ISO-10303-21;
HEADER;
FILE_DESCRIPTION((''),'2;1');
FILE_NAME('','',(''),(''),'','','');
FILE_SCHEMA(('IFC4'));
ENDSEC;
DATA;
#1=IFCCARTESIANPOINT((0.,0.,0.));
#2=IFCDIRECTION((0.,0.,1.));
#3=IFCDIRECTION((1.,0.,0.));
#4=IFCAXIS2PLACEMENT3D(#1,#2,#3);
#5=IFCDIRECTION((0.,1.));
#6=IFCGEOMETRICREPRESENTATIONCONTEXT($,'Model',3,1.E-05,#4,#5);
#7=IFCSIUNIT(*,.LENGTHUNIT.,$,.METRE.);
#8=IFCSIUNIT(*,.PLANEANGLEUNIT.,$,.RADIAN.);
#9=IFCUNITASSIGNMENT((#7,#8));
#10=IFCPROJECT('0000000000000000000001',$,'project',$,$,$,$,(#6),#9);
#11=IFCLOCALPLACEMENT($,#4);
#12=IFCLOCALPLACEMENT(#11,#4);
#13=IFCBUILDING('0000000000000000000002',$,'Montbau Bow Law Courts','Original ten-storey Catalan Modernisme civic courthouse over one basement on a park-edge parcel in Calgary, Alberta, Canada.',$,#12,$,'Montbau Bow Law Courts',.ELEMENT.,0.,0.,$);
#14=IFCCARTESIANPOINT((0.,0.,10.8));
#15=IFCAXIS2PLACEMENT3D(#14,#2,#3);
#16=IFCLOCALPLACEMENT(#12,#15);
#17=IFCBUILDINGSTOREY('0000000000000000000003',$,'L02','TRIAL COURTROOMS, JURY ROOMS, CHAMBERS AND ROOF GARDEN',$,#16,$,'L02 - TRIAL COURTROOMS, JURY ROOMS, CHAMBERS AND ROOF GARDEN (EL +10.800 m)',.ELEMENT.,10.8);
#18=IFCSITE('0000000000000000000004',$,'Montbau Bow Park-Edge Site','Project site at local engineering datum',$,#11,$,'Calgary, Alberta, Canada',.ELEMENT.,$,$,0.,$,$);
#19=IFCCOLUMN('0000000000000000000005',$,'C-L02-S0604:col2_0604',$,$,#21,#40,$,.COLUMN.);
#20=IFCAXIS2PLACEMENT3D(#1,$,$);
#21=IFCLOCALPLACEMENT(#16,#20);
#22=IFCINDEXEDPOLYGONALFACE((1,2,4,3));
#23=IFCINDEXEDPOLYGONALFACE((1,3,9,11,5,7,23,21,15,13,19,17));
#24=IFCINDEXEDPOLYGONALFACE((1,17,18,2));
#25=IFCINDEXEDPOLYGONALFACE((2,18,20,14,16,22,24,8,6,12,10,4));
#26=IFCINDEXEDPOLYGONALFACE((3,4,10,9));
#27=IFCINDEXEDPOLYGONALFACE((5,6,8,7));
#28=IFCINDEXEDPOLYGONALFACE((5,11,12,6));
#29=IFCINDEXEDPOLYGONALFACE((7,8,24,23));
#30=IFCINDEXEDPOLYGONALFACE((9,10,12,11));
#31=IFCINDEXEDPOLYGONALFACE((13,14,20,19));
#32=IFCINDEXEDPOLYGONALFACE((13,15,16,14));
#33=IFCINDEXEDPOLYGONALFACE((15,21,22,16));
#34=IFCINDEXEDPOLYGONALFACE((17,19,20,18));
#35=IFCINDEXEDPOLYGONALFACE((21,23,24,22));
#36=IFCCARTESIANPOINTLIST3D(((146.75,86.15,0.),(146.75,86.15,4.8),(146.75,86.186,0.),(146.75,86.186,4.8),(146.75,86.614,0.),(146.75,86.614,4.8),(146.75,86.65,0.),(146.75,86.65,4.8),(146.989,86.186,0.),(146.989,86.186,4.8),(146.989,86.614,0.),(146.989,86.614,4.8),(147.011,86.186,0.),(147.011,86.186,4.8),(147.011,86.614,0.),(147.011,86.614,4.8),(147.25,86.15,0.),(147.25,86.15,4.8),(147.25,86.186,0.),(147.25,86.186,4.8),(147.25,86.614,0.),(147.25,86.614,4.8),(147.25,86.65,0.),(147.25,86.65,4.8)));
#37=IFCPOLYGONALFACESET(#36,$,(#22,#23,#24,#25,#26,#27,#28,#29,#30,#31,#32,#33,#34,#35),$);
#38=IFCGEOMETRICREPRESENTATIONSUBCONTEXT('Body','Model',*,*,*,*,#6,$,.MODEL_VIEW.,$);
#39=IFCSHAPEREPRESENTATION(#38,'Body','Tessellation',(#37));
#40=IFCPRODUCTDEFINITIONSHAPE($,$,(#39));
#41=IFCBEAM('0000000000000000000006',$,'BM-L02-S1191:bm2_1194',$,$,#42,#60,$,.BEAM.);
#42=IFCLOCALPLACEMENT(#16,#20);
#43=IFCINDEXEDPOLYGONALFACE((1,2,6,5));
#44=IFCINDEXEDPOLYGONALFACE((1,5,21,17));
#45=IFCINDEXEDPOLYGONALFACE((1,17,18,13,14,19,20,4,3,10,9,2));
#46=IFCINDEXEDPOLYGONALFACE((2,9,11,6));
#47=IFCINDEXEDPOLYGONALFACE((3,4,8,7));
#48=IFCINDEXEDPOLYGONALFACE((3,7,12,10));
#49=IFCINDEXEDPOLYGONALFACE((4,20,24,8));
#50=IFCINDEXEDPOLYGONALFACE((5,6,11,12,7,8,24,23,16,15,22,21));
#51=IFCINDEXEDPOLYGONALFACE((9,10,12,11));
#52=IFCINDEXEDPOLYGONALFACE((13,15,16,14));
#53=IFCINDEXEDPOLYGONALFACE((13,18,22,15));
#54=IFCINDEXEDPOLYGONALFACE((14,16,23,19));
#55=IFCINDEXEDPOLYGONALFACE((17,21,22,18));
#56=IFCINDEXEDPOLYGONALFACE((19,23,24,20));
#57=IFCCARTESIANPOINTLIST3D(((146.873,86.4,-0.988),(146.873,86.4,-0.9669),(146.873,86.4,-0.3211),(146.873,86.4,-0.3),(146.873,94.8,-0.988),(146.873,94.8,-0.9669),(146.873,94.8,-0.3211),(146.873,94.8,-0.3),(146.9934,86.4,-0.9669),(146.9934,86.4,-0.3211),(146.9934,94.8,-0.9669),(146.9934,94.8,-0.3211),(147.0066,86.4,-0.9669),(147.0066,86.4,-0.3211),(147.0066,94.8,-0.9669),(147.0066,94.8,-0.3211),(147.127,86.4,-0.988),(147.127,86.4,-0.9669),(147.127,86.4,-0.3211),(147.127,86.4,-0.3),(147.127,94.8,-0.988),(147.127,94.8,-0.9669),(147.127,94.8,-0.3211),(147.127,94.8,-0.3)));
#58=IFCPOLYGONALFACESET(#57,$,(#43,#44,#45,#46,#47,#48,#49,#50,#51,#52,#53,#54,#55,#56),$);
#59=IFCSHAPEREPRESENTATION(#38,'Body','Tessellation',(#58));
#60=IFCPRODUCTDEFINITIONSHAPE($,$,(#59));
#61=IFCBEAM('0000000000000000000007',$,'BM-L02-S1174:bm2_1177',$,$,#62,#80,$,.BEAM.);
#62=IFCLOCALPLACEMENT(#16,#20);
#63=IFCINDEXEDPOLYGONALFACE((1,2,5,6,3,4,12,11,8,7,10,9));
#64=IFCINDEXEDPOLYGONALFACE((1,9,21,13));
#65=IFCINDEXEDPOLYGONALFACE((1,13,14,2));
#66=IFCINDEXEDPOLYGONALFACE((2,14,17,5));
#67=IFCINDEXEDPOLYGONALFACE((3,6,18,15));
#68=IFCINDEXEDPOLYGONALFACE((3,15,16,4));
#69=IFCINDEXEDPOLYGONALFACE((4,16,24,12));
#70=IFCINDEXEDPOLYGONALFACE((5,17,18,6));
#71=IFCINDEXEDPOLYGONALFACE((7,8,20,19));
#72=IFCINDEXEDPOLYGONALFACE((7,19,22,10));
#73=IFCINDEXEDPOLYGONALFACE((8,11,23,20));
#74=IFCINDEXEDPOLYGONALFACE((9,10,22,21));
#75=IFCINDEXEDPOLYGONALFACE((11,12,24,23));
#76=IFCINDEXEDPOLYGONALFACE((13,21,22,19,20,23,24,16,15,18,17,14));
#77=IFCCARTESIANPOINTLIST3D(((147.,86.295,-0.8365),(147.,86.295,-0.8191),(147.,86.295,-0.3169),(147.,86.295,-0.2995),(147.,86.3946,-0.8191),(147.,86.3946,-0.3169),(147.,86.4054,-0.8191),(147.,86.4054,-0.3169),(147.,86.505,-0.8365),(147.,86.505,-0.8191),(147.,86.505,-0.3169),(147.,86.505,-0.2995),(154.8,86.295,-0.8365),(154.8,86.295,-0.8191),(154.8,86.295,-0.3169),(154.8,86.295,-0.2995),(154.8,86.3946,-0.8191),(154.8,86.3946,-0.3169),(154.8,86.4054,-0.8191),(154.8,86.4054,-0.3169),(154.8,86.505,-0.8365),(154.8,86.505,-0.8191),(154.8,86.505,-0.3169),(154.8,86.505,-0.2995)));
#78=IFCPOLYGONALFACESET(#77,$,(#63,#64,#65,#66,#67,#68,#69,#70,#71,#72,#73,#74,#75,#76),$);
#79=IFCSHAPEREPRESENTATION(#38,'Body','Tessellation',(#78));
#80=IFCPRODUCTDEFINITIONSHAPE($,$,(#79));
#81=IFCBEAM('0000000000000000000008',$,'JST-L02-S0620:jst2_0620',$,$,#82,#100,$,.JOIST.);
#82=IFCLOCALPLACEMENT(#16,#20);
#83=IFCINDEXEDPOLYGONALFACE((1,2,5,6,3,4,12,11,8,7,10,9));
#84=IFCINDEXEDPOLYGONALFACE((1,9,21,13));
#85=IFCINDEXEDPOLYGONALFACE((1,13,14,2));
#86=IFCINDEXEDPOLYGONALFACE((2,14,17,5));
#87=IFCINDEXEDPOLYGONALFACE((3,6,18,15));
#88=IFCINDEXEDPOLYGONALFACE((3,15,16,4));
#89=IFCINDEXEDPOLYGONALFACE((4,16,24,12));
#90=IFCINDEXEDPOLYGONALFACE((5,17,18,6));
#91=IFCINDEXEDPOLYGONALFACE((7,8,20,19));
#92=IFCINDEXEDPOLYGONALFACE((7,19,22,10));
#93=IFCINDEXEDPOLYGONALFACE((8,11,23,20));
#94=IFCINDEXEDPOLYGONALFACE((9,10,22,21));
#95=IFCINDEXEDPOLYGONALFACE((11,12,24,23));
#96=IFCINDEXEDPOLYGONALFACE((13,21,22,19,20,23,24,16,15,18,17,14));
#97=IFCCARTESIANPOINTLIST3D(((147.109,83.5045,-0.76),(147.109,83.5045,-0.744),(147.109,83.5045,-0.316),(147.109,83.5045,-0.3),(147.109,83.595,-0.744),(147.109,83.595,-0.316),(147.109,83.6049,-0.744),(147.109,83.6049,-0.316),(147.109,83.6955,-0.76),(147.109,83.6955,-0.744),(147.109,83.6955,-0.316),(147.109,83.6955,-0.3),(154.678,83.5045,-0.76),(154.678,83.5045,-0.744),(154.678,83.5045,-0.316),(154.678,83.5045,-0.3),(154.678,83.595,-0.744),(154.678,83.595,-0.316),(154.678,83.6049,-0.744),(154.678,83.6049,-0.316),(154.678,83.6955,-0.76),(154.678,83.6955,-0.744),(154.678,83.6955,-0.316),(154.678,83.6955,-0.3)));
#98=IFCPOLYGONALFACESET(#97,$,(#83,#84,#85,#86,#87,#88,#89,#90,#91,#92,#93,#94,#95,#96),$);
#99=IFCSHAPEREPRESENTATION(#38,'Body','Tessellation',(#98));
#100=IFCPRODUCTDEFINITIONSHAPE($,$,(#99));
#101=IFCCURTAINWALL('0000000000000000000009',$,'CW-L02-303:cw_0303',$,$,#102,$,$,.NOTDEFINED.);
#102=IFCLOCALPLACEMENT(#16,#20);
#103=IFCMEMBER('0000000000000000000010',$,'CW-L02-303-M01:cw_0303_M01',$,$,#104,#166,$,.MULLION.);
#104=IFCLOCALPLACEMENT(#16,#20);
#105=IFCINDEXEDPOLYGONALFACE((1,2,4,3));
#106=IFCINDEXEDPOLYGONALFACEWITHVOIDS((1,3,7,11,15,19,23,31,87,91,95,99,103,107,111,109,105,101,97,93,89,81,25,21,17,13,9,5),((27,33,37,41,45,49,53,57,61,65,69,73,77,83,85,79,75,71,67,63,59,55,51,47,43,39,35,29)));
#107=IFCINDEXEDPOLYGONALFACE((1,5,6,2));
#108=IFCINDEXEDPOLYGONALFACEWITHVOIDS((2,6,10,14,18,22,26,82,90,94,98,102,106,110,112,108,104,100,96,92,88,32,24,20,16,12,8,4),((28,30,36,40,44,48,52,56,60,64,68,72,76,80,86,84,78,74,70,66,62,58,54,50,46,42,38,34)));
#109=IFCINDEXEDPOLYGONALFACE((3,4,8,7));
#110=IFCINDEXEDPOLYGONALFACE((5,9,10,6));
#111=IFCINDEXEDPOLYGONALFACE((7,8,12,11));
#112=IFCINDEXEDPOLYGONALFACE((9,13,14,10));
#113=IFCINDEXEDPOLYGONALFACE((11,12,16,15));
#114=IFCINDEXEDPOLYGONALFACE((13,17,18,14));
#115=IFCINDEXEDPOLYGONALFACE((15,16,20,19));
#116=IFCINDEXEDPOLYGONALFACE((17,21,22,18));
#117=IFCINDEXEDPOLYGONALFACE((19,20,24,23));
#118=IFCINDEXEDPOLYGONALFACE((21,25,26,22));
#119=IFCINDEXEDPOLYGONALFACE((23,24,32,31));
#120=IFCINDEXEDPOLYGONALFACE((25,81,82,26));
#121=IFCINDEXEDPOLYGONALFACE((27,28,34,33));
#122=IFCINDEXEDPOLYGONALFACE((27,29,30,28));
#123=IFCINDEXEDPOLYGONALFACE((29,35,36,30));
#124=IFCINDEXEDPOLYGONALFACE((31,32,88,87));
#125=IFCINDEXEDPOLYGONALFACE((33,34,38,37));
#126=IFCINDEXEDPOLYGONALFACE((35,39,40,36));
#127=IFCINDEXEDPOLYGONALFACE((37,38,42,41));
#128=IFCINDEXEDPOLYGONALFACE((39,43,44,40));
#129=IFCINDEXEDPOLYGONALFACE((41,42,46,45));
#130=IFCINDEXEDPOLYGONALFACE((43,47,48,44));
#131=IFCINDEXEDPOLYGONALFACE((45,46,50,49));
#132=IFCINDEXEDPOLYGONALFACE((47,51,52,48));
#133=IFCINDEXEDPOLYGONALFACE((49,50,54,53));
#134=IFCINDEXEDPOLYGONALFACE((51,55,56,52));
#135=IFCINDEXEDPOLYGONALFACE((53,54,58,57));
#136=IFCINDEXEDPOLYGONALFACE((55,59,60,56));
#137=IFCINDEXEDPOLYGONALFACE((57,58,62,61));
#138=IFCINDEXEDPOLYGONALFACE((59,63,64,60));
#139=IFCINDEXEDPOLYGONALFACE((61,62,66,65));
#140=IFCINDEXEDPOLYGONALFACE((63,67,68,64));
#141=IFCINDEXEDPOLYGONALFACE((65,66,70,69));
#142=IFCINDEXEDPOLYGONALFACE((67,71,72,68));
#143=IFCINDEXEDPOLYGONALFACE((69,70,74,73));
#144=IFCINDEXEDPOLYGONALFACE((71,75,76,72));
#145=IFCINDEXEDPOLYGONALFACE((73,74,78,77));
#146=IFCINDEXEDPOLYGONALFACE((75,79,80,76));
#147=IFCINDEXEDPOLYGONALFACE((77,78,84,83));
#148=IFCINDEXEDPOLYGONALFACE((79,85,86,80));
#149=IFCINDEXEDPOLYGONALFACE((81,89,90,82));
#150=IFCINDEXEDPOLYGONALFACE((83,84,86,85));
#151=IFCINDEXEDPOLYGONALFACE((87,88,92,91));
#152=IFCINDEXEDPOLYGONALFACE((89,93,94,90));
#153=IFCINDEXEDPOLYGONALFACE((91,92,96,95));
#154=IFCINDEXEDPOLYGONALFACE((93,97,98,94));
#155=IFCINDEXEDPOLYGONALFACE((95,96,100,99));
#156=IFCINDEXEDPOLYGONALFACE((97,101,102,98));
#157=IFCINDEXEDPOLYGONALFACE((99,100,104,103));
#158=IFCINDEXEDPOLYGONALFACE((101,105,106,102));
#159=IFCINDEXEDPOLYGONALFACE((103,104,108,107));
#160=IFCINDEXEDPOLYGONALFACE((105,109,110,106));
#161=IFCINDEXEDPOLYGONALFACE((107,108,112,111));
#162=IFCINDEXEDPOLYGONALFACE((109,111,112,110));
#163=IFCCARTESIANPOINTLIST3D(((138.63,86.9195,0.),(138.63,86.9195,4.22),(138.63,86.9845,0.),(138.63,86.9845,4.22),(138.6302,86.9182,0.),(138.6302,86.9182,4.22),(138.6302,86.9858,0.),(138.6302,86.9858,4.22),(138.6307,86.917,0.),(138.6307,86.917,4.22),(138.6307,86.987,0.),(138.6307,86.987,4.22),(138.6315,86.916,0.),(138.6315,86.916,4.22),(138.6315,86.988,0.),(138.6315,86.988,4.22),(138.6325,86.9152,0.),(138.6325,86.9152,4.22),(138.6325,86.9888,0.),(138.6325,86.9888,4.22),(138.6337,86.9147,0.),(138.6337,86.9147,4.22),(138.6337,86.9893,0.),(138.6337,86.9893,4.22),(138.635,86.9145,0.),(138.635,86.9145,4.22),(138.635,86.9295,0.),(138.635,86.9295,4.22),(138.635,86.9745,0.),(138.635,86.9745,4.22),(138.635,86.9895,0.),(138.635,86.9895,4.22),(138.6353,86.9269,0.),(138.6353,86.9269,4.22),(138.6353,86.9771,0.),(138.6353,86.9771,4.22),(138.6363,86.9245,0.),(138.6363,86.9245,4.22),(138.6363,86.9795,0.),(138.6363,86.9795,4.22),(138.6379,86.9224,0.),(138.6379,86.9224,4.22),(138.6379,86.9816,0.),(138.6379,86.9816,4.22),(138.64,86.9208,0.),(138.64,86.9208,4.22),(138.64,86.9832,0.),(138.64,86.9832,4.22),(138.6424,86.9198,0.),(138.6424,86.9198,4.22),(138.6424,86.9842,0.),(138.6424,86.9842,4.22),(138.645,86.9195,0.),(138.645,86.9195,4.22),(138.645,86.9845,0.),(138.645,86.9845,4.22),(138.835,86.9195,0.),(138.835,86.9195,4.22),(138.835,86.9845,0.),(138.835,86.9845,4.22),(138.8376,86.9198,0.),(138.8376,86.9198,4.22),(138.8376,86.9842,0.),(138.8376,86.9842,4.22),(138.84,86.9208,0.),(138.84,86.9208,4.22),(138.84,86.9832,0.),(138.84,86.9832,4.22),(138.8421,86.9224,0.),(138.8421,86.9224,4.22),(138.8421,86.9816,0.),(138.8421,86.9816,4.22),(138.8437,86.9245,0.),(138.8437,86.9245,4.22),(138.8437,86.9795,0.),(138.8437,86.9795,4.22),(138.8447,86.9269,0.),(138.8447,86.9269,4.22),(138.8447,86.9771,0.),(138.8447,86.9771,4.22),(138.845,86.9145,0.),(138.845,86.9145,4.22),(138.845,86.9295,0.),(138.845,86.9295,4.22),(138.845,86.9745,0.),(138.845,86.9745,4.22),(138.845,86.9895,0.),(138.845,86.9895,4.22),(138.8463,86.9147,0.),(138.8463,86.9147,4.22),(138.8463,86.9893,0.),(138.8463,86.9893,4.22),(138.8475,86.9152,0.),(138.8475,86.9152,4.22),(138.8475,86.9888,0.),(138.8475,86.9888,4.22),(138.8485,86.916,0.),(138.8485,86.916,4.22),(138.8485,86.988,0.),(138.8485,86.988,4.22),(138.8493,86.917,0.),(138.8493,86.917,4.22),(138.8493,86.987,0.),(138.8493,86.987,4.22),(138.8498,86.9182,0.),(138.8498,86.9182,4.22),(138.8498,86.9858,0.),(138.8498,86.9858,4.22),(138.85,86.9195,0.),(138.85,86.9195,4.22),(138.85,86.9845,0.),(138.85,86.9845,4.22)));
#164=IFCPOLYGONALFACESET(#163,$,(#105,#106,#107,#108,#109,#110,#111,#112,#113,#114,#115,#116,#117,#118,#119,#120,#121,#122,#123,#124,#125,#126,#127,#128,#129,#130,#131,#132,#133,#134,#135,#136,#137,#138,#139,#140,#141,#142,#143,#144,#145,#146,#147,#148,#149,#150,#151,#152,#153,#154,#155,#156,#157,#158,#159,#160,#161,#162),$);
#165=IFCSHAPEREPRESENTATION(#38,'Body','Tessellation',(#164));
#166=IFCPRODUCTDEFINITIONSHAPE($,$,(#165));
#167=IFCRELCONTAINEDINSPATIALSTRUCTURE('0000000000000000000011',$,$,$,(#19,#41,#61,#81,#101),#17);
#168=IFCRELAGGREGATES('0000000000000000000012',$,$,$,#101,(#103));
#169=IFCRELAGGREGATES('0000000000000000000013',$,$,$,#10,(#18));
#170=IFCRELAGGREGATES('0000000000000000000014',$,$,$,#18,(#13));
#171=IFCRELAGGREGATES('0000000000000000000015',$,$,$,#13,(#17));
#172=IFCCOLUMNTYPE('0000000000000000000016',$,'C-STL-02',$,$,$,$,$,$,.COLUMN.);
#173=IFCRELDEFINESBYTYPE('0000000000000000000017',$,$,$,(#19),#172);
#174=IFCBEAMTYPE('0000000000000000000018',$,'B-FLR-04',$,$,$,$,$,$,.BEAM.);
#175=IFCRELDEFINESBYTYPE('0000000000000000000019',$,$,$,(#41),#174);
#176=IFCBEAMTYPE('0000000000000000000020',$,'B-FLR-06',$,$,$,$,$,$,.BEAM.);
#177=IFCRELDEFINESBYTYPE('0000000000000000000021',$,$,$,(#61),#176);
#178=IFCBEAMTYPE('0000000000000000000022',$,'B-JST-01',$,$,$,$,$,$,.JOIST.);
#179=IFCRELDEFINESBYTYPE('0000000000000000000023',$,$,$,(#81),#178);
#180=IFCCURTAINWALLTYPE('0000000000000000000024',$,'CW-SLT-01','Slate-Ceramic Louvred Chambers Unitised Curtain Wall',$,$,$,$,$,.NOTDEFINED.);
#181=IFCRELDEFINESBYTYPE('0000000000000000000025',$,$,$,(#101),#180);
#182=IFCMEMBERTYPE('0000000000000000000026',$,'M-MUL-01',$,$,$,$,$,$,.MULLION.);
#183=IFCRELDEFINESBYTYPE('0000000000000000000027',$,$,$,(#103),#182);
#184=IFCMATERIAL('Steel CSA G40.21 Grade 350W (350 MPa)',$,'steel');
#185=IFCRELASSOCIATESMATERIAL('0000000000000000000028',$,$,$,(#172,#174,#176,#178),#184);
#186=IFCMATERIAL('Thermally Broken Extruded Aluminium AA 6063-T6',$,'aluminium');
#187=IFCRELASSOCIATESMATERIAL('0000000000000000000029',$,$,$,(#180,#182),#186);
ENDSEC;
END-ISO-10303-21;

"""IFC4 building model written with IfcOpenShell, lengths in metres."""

from ifc_helpers import new_model, si_unit, direction, frame, origin_with_axes, origin_2d_with_axis, place, context, subcontext, project, spatial, hollow_rectangle, i_section, extrude, material, material_profile, profile_set, type_object, element, aggregate, save


model = new_model("IFC4")

# Units and contexts
model_context = context("Model", 3, precision=1e-05, world=origin_with_axes(), true_north=direction((0.0, 1.0)))
body_context = subcontext(model_context, "Body", "Model", "MODEL_VIEW")
ifc_project = project(units=[si_unit("LENGTHUNIT", "METRE"), si_unit("PLANEANGLEUNIT", "RADIAN")], contexts=[model_context])

# Site, building, storey
site_placement = place(None, origin_with_axes())
site = spatial("IfcSite", under=ifc_project, at=site_placement, Name="Montbau Bow Park-Edge Site", Description="Project site at local engineering datum", LongName="Calgary, Alberta, Canada", CompositionType="ELEMENT", RefElevation=0.0)
building_placement = place(site_placement, origin_with_axes())
building = spatial("IfcBuilding", under=site, at=building_placement, Name="Montbau Bow Law Courts", Description="Original ten-storey Catalan Modernisme civic courthouse over one basement on a park-edge parcel in Calgary, Alberta, Canada.", LongName="Montbau Bow Law Courts", CompositionType="ELEMENT", ElevationOfRefHeight=0.0, ElevationOfTerrain=0.0)
storey_placement = place(building_placement, frame((0.0, 0.0, 10.8), z_axis=(0.0, 0.0, 1.0), x_axis=(1.0, 0.0, 0.0)))
storey = spatial("IfcBuildingStorey", under=building, at=storey_placement, Name="L02", Description="TRIAL COURTROOMS, JURY ROOMS, CHAMBERS AND ROOF GARDEN", LongName="L02 - TRIAL COURTROOMS, JURY ROOMS, CHAMBERS AND ROOF GARDEN (EL +10.800 m)", CompositionType="ELEMENT", Elevation=10.8)

# Column
ifc_material_1 = material(Name="Steel CSA G40.21 Grade 350W (350 MPa)", Category="steel")
ifc_material_profile_1 = material_profile(ifc_material_1, i_section(OverallWidth=0.5, OverallDepth=0.5, WebThickness=0.022, FlangeThickness=0.036, at=origin_2d_with_axis()), Name="WWF500X343", Category="Main", Priority=0)
ifc_profile_set_1 = profile_set([ifc_material_profile_1], Name="Steel CSA G40.21 Grade 350W (350 MPa)")
column_type = type_object("IfcColumnType", Name="C-STL-02", PredefinedType="COLUMN", material=ifc_profile_set_1)
column_placement = place(None, frame((147.0, 86.4, 10.8), z_axis=(0.0, 0.0, 1.0), x_axis=(1.0, 0.0, 0.0)))
element("IfcColumn", 1, at=column_placement, inside=storey, type_object=column_type, Name="C-L02-S0604:col2_0604", PredefinedType="COLUMN", context=body_context, shape_type="SweptSolid", body=[
    extrude(i_section(OverallWidth=0.5, OverallDepth=0.5, WebThickness=0.022, FlangeThickness=0.036, at=origin_2d_with_axis()), origin_with_axes(), (0.0, 0.0, 1.0), 4.8),
])

# Beams
ifc_material_profile_2 = material_profile(ifc_material_1, i_section(OverallWidth=0.254, OverallDepth=0.688, WebThickness=0.0131, FlangeThickness=0.0211, at=origin_2d_with_axis()), Name="W690X152", Category="Main", Priority=0)
ifc_profile_set_2 = profile_set([ifc_material_profile_2], Name="Steel CSA G40.21 Grade 350W (350 MPa)")
beam_type_1 = type_object("IfcBeamType", Name="B-FLR-04", PredefinedType="BEAM", material=ifc_profile_set_2)
beam_1_placement = place(None, frame((147.0, 86.4, 10.156), z_axis=(0.0, 1.0, 0.0), x_axis=(-1.0, 0.0, 0.0)))
element("IfcBeam", 2, at=beam_1_placement, inside=storey, type_object=beam_type_1, Name="BM-L02-S1191:bm2_1194", PredefinedType="BEAM", context=body_context, shape_type="SweptSolid", body=[
    extrude(i_section(OverallWidth=0.254, OverallDepth=0.688, WebThickness=0.0131, FlangeThickness=0.0211, at=origin_2d_with_axis()), origin_with_axes(), (0.0, 0.0, 1.0), 8.4),
])
ifc_material_profile_3 = material_profile(ifc_material_1, i_section(OverallWidth=0.21, OverallDepth=0.537, WebThickness=0.0109, FlangeThickness=0.0174, at=origin_2d_with_axis()), Name="W530X101", Category="Main", Priority=0)
ifc_profile_set_3 = profile_set([ifc_material_profile_3], Name="Steel CSA G40.21 Grade 350W (350 MPa)")
beam_type_2 = type_object("IfcBeamType", Name="B-FLR-06", PredefinedType="BEAM", material=ifc_profile_set_3)
beam_2_placement = place(None, frame((147.0, 86.4, 10.232), z_axis=(1.0, 0.0, 0.0), x_axis=(0.0, 1.0, 0.0)))
element("IfcBeam", 3, at=beam_2_placement, inside=storey, type_object=beam_type_2, Name="BM-L02-S1174:bm2_1177", PredefinedType="BEAM", context=body_context, shape_type="SweptSolid", body=[
    extrude(i_section(OverallWidth=0.21, OverallDepth=0.537, WebThickness=0.0109, FlangeThickness=0.0174, at=origin_2d_with_axis()), origin_with_axes(), (0.0, 0.0, 1.0), 7.8),
])
ifc_material_profile_4 = material_profile(ifc_material_1, i_section(OverallWidth=0.191, OverallDepth=0.46, WebThickness=0.0099, FlangeThickness=0.016, at=origin_2d_with_axis()), Name="W460X82", Category="Main", Priority=0)
ifc_profile_set_4 = profile_set([ifc_material_profile_4], Name="Steel CSA G40.21 Grade 350W (350 MPa)")
beam_type_3 = type_object("IfcBeamType", Name="B-JST-01", PredefinedType="JOIST", material=ifc_profile_set_4)
beam_3_placement = place(None, frame((147.109, 83.6, 10.27), z_axis=(1.0, 0.0, 0.0), x_axis=(0.0, 1.0, 0.0)))
element("IfcBeam", 4, at=beam_3_placement, inside=storey, type_object=beam_type_3, Name="JST-L02-S0620:jst2_0620", PredefinedType="JOIST", context=body_context, shape_type="SweptSolid", body=[
    extrude(i_section(OverallWidth=0.191, OverallDepth=0.46, WebThickness=0.0099, FlangeThickness=0.016, at=origin_2d_with_axis()), origin_with_axes(), (0.0, 0.0, 1.0), 7.569),
])

# Curtain wall, member
ifc_material_2 = material(Name="Thermally Broken Extruded Aluminium AA 6063-T6", Category="aluminium")
curtain_wall_type = type_object("IfcCurtainWallType", Name="CW-SLT-01", Description="Slate-Ceramic Louvred Chambers Unitised Curtain Wall", PredefinedType="NOTDEFINED", material=ifc_material_2)
curtain_wall_1_placement = place(None, frame((138.74, 86.915, 10.8), z_axis=(0.0, 0.0, 1.0), x_axis=(1.0, 0.0, 0.0)))
curtain_wall_1 = element("IfcCurtainWall", 5, at=curtain_wall_1_placement, inside=storey, type_object=curtain_wall_type, Name="CW-L02-303:cw_0303", PredefinedType="NOTDEFINED")
ifc_material_profile_5 = material_profile(ifc_material_2, hollow_rectangle(XDim=0.075, YDim=0.22, WallThickness=0.005, InnerFilletRadius=0.01, OuterFilletRadius=0.005, at=origin_2d_with_axis()), Name="CWM-220X75", Category="Main", Priority=0)
ifc_profile_set_5 = profile_set([ifc_material_profile_5], Name="Thermally Broken Extruded Aluminium AA 6063-T6")
member_type_1 = type_object("IfcMemberType", Name="M-MUL-01", PredefinedType="MULLION", material=ifc_profile_set_5)
member_1_placement = place(None, frame((138.74, 86.952, 10.8), z_axis=(0.0, 0.0, 1.0), x_axis=(0.0, 1.0, 0.0)))
member_1 = element("IfcMember", 6, at=member_1_placement, type_object=member_type_1, Name="CW-L02-303-M01:cw_0303_M01", PredefinedType="MULLION", context=body_context, shape_type="SweptSolid", body=[
    extrude(hollow_rectangle(XDim=0.075, YDim=0.22, WallThickness=0.005, InnerFilletRadius=0.01, OuterFilletRadius=0.005, at=origin_2d_with_axis()), origin_with_axes(), (0.0, 0.0, 1.0), 4.22),
])

aggregate(curtain_wall_1, [member_1])

save(model, "model.ifc")
